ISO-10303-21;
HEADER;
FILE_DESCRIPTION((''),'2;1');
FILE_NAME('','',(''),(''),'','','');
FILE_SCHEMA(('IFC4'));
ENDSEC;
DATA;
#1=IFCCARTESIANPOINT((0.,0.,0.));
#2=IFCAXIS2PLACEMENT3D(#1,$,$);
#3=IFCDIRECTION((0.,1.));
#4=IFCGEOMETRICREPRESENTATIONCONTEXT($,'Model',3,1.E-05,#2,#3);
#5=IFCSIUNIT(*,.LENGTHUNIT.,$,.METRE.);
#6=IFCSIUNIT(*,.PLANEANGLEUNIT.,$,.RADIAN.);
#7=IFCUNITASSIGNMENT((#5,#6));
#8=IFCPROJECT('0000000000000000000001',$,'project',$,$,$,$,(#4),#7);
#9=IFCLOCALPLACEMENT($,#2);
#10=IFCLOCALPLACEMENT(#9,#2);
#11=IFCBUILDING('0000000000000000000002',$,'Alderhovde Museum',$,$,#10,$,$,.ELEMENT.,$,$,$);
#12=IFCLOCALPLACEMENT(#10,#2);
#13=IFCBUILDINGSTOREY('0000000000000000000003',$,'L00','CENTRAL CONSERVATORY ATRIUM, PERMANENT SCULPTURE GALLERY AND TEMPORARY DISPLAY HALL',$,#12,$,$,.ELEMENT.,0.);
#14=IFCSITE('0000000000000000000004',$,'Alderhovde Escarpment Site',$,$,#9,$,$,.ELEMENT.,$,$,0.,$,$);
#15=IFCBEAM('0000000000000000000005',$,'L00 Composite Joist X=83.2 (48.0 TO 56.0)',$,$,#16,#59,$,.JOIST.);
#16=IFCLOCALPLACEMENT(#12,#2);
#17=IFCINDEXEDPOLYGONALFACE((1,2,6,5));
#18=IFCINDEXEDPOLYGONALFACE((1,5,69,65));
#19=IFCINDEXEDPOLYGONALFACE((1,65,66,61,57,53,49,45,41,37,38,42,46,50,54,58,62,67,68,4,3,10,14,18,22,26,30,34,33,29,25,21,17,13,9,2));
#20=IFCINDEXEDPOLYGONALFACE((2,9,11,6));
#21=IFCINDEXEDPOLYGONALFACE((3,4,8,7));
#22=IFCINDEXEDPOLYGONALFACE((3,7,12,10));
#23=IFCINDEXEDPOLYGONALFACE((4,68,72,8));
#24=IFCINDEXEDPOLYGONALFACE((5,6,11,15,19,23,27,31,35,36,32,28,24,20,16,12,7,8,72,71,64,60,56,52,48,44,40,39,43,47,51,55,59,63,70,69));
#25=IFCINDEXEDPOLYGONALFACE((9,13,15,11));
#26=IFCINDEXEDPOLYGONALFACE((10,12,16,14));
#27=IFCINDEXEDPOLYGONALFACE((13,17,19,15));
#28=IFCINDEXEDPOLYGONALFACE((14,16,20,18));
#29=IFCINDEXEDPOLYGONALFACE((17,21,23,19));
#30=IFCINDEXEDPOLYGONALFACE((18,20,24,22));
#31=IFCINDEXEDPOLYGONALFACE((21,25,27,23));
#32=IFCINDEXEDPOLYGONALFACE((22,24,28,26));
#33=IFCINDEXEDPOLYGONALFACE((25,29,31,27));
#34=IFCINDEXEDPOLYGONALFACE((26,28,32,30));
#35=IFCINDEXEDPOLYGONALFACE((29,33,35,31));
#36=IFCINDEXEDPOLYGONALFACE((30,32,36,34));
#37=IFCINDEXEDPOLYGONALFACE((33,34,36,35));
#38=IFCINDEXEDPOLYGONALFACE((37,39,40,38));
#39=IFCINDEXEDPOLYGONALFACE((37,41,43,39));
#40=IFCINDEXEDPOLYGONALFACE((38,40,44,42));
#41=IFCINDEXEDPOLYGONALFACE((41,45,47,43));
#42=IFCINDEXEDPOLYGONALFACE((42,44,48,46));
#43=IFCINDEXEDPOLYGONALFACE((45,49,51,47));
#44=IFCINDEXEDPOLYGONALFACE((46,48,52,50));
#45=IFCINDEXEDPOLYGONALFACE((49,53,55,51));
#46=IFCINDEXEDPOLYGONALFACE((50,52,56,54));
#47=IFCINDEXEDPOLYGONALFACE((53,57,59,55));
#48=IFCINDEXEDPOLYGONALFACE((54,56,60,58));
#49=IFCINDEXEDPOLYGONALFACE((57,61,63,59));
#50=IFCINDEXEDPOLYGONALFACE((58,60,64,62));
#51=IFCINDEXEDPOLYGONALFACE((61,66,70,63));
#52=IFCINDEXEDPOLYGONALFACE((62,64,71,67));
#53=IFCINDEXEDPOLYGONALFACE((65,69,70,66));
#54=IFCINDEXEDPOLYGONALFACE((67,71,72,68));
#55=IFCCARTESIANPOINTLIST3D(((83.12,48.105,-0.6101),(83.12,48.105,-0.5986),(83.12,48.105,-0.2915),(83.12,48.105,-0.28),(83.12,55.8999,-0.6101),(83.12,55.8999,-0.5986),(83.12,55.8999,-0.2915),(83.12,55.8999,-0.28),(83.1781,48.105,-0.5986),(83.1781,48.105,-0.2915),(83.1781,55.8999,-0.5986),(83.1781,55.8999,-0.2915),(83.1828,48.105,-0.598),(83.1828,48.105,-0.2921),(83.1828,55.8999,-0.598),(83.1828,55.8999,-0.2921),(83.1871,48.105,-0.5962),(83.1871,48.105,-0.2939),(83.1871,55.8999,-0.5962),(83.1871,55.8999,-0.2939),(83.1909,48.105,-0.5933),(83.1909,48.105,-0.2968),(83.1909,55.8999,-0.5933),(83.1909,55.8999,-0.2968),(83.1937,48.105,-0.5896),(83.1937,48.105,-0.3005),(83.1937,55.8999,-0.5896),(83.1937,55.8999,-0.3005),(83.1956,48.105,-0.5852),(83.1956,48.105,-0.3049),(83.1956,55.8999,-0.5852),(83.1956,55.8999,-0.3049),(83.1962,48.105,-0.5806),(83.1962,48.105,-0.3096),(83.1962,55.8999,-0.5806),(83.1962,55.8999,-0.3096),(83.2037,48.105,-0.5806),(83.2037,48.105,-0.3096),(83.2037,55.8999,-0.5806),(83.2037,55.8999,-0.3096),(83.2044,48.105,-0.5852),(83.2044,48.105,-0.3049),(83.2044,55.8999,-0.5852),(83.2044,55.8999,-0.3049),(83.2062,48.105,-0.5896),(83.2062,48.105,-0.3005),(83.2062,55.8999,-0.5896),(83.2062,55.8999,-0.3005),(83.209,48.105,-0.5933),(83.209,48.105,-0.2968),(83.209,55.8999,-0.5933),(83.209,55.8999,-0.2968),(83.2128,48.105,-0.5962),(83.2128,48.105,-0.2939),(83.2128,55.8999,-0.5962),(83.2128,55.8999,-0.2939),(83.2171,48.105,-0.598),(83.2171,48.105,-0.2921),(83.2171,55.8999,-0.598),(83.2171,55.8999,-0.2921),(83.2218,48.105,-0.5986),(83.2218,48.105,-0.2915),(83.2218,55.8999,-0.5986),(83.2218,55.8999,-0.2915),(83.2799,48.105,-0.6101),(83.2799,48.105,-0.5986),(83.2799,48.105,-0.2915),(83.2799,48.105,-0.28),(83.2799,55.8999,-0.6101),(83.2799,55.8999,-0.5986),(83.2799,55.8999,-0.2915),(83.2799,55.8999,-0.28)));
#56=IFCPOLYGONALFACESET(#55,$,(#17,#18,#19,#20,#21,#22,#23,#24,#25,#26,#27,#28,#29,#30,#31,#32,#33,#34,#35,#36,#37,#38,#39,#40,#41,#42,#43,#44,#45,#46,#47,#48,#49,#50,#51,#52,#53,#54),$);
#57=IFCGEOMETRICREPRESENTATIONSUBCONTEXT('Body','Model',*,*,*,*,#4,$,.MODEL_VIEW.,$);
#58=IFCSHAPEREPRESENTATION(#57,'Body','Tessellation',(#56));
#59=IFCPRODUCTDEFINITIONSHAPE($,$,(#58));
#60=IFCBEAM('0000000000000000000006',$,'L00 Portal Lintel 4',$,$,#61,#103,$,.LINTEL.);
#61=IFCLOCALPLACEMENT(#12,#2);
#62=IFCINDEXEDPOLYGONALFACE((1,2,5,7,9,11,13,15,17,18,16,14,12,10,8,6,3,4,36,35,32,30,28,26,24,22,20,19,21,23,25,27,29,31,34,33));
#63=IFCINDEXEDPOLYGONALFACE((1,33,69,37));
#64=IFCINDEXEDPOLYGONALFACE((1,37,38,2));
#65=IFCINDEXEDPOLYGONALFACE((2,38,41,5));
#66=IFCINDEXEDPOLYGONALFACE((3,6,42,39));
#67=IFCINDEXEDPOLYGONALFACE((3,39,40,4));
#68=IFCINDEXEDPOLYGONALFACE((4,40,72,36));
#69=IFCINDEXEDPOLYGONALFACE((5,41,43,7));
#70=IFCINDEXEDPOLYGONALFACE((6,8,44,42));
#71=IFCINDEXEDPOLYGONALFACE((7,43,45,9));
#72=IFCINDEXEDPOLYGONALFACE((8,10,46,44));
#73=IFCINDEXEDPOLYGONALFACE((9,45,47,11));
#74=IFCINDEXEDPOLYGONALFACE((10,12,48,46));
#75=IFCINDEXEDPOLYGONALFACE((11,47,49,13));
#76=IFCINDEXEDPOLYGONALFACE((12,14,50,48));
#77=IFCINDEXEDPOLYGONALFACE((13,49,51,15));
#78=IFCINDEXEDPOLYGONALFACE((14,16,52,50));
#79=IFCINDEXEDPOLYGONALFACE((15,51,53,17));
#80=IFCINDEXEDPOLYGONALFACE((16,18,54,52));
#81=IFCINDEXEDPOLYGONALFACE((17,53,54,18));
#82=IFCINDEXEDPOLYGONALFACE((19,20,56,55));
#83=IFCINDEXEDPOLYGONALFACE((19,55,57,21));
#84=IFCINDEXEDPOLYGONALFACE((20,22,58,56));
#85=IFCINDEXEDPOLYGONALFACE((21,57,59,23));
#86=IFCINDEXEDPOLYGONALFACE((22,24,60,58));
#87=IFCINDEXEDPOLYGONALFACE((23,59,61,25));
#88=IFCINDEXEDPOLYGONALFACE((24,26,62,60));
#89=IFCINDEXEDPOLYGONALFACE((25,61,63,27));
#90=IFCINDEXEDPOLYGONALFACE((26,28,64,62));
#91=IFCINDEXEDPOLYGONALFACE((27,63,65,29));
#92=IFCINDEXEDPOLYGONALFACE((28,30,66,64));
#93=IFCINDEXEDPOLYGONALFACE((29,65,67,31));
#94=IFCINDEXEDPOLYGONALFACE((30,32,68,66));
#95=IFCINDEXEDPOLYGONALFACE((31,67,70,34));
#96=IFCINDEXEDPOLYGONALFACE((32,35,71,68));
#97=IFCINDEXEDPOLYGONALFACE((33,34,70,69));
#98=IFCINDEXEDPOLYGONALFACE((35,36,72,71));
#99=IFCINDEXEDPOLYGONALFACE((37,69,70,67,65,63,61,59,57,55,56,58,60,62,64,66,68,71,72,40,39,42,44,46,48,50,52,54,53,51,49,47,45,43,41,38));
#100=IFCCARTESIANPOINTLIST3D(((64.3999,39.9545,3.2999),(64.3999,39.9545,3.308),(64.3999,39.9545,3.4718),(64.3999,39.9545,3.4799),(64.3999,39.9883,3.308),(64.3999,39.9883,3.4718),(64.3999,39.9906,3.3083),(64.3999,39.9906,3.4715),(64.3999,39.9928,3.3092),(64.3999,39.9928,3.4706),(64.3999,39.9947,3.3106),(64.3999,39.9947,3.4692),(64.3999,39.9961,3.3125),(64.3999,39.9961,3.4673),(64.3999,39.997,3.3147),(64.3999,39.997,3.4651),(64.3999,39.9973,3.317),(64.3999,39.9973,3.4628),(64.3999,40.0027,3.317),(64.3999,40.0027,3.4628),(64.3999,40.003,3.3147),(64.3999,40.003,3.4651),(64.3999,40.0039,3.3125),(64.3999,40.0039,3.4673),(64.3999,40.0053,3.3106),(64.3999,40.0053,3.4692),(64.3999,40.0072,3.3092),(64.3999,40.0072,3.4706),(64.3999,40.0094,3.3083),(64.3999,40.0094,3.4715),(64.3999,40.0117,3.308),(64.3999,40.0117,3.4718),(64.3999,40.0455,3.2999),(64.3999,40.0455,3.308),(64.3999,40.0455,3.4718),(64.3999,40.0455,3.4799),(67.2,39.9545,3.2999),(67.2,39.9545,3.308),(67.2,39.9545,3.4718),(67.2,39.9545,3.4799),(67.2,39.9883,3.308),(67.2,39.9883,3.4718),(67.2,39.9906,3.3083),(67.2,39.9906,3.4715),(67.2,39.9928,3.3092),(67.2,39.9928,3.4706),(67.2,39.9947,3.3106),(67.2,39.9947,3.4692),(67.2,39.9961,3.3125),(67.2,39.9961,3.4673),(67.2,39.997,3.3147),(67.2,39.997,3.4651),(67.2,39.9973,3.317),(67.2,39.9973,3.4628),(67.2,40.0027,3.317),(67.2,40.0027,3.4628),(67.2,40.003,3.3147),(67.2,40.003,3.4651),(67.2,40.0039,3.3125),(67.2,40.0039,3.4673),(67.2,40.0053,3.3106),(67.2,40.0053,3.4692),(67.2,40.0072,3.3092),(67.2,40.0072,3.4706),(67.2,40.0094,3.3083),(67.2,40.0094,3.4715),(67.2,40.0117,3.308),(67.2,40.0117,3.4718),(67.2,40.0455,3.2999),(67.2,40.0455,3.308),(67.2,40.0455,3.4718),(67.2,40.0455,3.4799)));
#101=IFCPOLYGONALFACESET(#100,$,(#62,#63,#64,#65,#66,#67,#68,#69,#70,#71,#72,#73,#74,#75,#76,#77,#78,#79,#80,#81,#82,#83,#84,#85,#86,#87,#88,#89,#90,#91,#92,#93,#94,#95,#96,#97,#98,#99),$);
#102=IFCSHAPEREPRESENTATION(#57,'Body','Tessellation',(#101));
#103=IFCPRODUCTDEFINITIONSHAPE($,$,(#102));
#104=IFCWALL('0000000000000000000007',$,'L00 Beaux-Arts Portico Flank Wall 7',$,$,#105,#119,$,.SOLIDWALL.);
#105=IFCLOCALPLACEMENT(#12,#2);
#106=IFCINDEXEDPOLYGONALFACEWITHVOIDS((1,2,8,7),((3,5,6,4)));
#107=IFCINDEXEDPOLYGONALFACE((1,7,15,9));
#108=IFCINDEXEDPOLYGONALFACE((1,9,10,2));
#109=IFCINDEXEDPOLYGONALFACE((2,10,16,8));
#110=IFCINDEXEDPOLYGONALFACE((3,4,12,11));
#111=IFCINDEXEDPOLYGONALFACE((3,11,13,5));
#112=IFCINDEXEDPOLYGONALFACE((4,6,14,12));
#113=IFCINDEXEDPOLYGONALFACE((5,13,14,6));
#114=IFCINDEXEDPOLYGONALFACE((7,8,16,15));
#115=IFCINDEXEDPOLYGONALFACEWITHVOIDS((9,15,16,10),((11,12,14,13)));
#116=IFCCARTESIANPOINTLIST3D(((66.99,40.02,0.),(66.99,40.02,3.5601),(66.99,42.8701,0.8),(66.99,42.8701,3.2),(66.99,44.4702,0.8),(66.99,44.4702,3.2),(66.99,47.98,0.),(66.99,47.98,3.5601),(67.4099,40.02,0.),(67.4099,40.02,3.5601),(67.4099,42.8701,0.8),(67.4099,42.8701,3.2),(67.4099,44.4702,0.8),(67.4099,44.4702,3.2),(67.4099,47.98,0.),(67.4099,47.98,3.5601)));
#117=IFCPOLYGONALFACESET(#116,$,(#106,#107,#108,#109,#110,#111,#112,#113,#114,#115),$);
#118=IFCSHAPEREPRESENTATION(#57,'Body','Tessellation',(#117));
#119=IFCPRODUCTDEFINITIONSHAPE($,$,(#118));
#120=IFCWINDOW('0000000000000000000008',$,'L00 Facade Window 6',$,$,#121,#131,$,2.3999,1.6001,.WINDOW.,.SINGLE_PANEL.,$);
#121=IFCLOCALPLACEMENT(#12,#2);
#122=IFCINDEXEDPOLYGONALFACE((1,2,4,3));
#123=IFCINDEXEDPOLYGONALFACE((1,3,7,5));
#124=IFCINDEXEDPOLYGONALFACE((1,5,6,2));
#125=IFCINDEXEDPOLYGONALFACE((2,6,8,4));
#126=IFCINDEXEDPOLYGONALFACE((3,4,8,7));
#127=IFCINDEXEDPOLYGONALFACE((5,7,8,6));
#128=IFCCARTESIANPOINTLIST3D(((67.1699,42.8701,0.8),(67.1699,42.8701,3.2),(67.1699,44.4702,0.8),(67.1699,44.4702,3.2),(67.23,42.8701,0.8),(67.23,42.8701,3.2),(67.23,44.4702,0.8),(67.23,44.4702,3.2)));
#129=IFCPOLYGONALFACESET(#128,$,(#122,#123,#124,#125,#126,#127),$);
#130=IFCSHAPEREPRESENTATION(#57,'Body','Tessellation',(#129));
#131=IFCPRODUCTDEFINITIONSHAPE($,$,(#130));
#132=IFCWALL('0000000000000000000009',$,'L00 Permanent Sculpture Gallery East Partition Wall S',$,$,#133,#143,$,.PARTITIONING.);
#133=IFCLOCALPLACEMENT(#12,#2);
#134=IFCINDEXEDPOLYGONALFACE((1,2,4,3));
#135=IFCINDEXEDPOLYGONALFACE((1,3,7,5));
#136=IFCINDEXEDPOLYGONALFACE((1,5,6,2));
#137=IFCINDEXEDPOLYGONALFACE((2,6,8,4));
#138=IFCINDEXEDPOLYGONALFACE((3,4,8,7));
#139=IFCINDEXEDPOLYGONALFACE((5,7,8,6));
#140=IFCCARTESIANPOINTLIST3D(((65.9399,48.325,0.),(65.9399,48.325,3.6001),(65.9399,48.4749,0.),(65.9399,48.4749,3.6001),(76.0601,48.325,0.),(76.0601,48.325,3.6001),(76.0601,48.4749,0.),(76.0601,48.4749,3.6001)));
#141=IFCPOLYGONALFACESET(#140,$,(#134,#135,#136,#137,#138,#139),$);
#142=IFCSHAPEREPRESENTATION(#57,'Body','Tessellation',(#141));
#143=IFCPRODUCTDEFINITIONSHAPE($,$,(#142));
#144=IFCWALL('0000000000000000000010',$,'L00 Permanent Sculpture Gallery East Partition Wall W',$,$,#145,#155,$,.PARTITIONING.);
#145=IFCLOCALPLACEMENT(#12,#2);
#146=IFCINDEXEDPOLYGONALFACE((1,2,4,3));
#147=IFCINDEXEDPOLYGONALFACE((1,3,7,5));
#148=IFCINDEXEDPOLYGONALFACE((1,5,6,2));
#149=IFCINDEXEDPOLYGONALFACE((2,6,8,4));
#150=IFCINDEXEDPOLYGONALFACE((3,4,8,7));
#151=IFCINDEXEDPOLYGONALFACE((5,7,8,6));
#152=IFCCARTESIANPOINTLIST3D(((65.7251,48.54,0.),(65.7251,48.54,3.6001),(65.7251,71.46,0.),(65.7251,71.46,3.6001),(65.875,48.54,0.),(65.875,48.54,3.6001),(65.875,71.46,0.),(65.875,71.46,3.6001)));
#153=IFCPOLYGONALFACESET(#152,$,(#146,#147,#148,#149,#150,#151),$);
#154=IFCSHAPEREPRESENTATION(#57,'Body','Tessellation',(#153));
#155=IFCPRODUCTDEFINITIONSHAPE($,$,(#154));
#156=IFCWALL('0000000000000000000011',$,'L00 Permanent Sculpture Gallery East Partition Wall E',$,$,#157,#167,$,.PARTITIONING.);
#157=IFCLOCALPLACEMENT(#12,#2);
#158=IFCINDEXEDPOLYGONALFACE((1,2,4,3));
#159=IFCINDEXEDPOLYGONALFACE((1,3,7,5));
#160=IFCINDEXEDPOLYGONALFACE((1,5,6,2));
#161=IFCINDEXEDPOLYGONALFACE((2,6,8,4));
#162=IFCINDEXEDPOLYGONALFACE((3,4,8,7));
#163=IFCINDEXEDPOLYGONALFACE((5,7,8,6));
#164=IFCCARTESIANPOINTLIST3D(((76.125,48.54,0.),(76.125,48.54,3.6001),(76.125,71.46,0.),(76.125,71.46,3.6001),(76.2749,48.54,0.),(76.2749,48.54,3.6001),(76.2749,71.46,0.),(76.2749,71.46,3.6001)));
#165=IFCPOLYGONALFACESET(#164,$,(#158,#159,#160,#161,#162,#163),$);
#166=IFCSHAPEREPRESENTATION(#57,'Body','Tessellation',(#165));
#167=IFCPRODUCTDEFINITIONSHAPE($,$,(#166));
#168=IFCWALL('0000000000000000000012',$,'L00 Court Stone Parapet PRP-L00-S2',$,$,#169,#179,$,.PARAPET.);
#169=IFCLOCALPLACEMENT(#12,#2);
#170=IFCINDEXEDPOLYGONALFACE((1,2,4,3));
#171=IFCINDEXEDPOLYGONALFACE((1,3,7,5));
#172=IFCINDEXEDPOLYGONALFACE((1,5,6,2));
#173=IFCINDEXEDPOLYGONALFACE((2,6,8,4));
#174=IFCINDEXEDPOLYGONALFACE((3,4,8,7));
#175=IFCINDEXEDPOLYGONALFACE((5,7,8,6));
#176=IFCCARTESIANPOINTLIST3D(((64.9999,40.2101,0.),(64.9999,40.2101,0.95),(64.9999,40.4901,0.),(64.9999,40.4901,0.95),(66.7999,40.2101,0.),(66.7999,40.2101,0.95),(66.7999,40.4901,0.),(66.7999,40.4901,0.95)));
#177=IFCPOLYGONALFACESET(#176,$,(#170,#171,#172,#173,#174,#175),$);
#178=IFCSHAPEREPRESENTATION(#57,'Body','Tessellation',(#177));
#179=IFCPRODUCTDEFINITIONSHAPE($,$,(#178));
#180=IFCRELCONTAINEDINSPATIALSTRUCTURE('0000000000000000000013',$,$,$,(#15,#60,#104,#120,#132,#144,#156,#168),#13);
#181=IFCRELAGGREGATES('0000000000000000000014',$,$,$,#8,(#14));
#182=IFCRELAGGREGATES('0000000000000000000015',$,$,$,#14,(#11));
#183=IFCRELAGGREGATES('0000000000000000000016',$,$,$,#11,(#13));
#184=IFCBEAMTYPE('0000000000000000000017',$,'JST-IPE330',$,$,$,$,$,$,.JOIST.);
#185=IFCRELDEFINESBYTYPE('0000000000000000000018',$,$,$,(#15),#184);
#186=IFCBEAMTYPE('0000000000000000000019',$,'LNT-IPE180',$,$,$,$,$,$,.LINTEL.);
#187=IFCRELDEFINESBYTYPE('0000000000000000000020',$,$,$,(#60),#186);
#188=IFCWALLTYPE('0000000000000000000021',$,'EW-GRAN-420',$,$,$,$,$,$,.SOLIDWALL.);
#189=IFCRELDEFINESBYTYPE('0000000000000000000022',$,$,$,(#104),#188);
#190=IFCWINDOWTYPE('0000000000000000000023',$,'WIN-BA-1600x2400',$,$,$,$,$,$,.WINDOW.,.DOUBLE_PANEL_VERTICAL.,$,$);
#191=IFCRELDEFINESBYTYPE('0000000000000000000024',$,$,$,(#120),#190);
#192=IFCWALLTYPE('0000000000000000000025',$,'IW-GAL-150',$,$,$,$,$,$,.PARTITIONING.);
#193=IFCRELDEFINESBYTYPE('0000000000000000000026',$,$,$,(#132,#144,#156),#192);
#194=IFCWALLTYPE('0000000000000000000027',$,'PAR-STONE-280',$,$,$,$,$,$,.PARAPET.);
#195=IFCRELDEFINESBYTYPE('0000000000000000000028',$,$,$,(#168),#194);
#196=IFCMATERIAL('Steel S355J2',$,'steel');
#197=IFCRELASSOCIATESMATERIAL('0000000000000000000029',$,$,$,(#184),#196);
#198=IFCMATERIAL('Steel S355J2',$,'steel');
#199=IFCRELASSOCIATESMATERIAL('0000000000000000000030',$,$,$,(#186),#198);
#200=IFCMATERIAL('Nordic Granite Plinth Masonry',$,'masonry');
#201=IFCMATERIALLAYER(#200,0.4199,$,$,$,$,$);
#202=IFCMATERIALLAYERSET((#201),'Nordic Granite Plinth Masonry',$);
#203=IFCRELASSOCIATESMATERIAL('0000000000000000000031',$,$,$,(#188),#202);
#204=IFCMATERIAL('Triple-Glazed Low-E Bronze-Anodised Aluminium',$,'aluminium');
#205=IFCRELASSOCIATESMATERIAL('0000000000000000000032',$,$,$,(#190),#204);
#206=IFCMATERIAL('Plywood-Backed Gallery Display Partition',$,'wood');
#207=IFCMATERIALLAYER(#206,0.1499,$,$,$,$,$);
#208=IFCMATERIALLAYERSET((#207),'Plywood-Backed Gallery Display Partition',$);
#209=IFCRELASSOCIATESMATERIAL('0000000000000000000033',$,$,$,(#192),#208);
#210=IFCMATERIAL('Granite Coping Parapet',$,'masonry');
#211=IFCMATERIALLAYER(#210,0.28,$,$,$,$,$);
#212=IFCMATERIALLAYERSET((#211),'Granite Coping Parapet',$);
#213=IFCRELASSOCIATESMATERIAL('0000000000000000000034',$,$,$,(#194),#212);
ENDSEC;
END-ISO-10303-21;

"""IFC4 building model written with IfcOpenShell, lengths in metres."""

from ifc_helpers import new_model, si_unit, direction, frame, frame_2d, origin, origin_2d, place, context, subcontext, project, spatial, rectangle, i_section, extrude, material, layer, layer_set, material_profile, profile_set, type_object, element, fill, save


model = new_model("IFC4")

# Units and contexts
model_context = context("Model", 3, precision=1e-05, world=origin(), true_north=direction((0.0, 1.0)))
body_context = subcontext(model_context, "Body", "Model", "MODEL_VIEW")
ifc_project = project(units=[si_unit("LENGTHUNIT", "METRE"), si_unit("PLANEANGLEUNIT", "RADIAN")], contexts=[model_context])

# Site, building, storey
site_placement = place(None, origin())
site = spatial("IfcSite", under=ifc_project, at=site_placement, Name="Alderhovde Escarpment Site", CompositionType="ELEMENT", RefElevation=0.0)
building_placement = place(site_placement, origin())
building = spatial("IfcBuilding", under=site, at=building_placement, Name="Alderhovde Museum", CompositionType="ELEMENT")
storey_placement = place(building_placement, origin())
storey = spatial("IfcBuildingStorey", under=building, at=storey_placement, Name="L00", Description="CENTRAL CONSERVATORY ATRIUM, PERMANENT SCULPTURE GALLERY AND TEMPORARY DISPLAY HALL", CompositionType="ELEMENT", Elevation=0.0)

# Beams
ifc_material_1 = material(Name="Steel S355J2", Category="steel")
ifc_material_profile_1 = material_profile(ifc_material_1, i_section(OverallWidth=0.1599, OverallDepth=0.3301, WebThickness=0.0076, FlangeThickness=0.0115, FilletRadius=0.0181, at=origin_2d()), Name="IPE 330")
ifc_profile_set_1 = profile_set([ifc_material_profile_1], Name="Steel S355J2")
beam_type_1 = type_object("IfcBeamType", Name="JST-IPE330", PredefinedType="JOIST", material=ifc_profile_set_1)
for number, where, z_axis, x_axis, name in (
    (1, (83.2, 48.105, -0.4451), (0.0, 1.0, 0.0), (-1.0, 0.0, 0.0), "L00 Composite Joist X=83.2 (48.0 TO 56.0)"),
):
    element("IfcBeam", number, at=place(storey_placement, frame(where, z_axis=z_axis, x_axis=x_axis)), inside=storey, type_object=beam_type_1, Name=name, PredefinedType="JOIST", context=body_context, shape_type="SweptSolid", body=[
        extrude(i_section(OverallWidth=0.1599, OverallDepth=0.3301, WebThickness=0.0076, FlangeThickness=0.0115, FilletRadius=0.0181, at=origin_2d()), origin(), (0.0, 0.0, 1.0), 7.7949),
    ])
ifc_material_2 = material(Name="Steel S355J2", Category="steel")
ifc_material_profile_2 = material_profile(ifc_material_2, i_section(OverallWidth=0.0911, OverallDepth=0.1799, WebThickness=0.0054, FlangeThickness=0.0081, FilletRadius=0.009, at=origin_2d()), Name="IPE 180")
ifc_profile_set_2 = profile_set([ifc_material_profile_2], Name="Steel S355J2")
beam_type_2 = type_object("IfcBeamType", Name="LNT-IPE180", PredefinedType="LINTEL", material=ifc_profile_set_2)
beam_1_placement = place(storey_placement, frame((64.3999, 40.0, 3.3899), z_axis=(1.0, 0.0, 0.0), x_axis=(0.0, 1.0, 0.0)))
element("IfcBeam", 2, at=beam_1_placement, inside=storey, type_object=beam_type_2, Name="L00 Portal Lintel 4", PredefinedType="LINTEL", context=body_context, shape_type="SweptSolid", body=[
    extrude(i_section(OverallWidth=0.0911, OverallDepth=0.1799, WebThickness=0.0054, FlangeThickness=0.0081, FilletRadius=0.009, at=origin_2d()), origin(), (0.0, 0.0, 1.0), 2.8),
])

# Wall, opening, window
ifc_material_3 = material(Name="Nordic Granite Plinth Masonry", Category="masonry")
ifc_layer_1 = layer(ifc_material_3, 0.4199)
ifc_layer_set_1 = layer_set([ifc_layer_1], Name="Nordic Granite Plinth Masonry")
wall_type_1 = type_object("IfcWallType", Name="EW-GRAN-420", PredefinedType="SOLIDWALL", material=ifc_layer_set_1)
wall_1_placement = place(storey_placement, frame((67.2, 40.02, 0.0), z_axis=(0.0, 0.0, 1.0), x_axis=(0.0, 1.0, 0.0)))
wall_1 = element("IfcWall", 3, at=wall_1_placement, inside=storey, type_object=wall_type_1, Name="L00 Beaux-Arts Portico Flank Wall 7", PredefinedType="SOLIDWALL", context=body_context, shape_type="SweptSolid", body=[
    extrude(rectangle(XDim=7.96, YDim=0.4199, at=frame_2d((3.98, 0.0))), origin(), (0.0, 0.0, 1.0), 3.5601),
])
opening_placement = place(wall_1_placement, frame((2.8501, 0.0, 0.8)))
opening = element("IfcOpeningElement", 4, at=opening_placement, cuts=wall_1, PredefinedType="OPENING", context=body_context, shape_type="SweptSolid", body=[
    extrude(rectangle(XDim=1.6001, YDim=2.3999, at=frame_2d((0.8, 1.2))), frame((0.0, 0.22, 0.0), z_axis=(0.0, -1.0, 0.0), x_axis=(1.0, 0.0, 0.0)), (0.0, 0.0, 1.0), 0.4399),
])
ifc_material_4 = material(Name="Triple-Glazed Low-E Bronze-Anodised Aluminium", Category="aluminium")
window_type = type_object("IfcWindowType", Name="WIN-BA-1600x2400", PartitioningType="DOUBLE_PANEL_VERTICAL", PredefinedType="WINDOW", material=ifc_material_4)
window_placement = place(opening_placement, origin())
window = element("IfcWindow", 5, at=window_placement, inside=storey, type_object=window_type, Name="L00 Facade Window 6", OverallHeight=2.3999, OverallWidth=1.6001, PartitioningType="SINGLE_PANEL", PredefinedType="WINDOW", context=body_context, shape_type="SweptSolid", body=[
    extrude(rectangle(XDim=1.6001, YDim=2.3999, at=frame_2d((0.8, 1.2))), frame((0.0, 0.03, 0.0), z_axis=(0.0, -1.0, 0.0), x_axis=(1.0, 0.0, 0.0)), (0.0, 0.0, 1.0), 0.0601),
])
fill(opening, window)

# Walls
ifc_material_5 = material(Name="Plywood-Backed Gallery Display Partition", Category="wood")
ifc_layer_2 = layer(ifc_material_5, 0.1499)
ifc_layer_set_2 = layer_set([ifc_layer_2], Name="Plywood-Backed Gallery Display Partition")
wall_type_2 = type_object("IfcWallType", Name="IW-GAL-150", PredefinedType="PARTITIONING", material=ifc_layer_set_2)
wall_2_placement = place(storey_placement, frame((65.9399, 48.3999, 0.0), z_axis=(0.0, 0.0, 1.0), x_axis=(1.0, 0.0, 0.0)))
element("IfcWall", 6, at=wall_2_placement, inside=storey, type_object=wall_type_2, Name="L00 Permanent Sculpture Gallery East Partition Wall S", PredefinedType="PARTITIONING", context=body_context, shape_type="SweptSolid", body=[
    extrude(rectangle(XDim=10.1201, YDim=0.1499, at=frame_2d((5.0601, 0.0))), origin(), (0.0, 0.0, 1.0), 3.6001),
])
for number, where, z_axis, x_axis, name in (
    (7, (65.8, 48.54, 0.0), (0.0, 0.0, 1.0), (0.0, 1.0, 0.0), "L00 Permanent Sculpture Gallery East Partition Wall W"),
    (8, (76.2, 48.54, 0.0), (0.0, 0.0, 1.0), (0.0, 1.0, 0.0), "L00 Permanent Sculpture Gallery East Partition Wall E"),
):
    element("IfcWall", number, at=place(storey_placement, frame(where, z_axis=z_axis, x_axis=x_axis)), inside=storey, type_object=wall_type_2, Name=name, PredefinedType="PARTITIONING", context=body_context, shape_type="SweptSolid", body=[
        extrude(rectangle(XDim=22.9199, YDim=0.1499, at=frame_2d((11.46, 0.0))), origin(), (0.0, 0.0, 1.0), 3.6001),
    ])
ifc_material_6 = material(Name="Granite Coping Parapet", Category="masonry")
ifc_layer_3 = layer(ifc_material_6, 0.28)
ifc_layer_set_3 = layer_set([ifc_layer_3], Name="Granite Coping Parapet")
wall_type_3 = type_object("IfcWallType", Name="PAR-STONE-280", PredefinedType="PARAPET", material=ifc_layer_set_3)
wall_3_placement = place(storey_placement, frame((65.0, 40.3501, 0.0), z_axis=(0.0, 0.0, 1.0), x_axis=(1.0, 0.0, 0.0)))
element("IfcWall", 9, at=wall_3_placement, inside=storey, type_object=wall_type_3, Name="L00 Court Stone Parapet PRP-L00-S2", PredefinedType="PARAPET", context=body_context, shape_type="SweptSolid", body=[
    extrude(rectangle(XDim=1.8, YDim=0.28, at=frame_2d((0.8999, 0.0))), origin(), (0.0, 0.0, 1.0), 0.95),
])

save(model, "model.ifc")
